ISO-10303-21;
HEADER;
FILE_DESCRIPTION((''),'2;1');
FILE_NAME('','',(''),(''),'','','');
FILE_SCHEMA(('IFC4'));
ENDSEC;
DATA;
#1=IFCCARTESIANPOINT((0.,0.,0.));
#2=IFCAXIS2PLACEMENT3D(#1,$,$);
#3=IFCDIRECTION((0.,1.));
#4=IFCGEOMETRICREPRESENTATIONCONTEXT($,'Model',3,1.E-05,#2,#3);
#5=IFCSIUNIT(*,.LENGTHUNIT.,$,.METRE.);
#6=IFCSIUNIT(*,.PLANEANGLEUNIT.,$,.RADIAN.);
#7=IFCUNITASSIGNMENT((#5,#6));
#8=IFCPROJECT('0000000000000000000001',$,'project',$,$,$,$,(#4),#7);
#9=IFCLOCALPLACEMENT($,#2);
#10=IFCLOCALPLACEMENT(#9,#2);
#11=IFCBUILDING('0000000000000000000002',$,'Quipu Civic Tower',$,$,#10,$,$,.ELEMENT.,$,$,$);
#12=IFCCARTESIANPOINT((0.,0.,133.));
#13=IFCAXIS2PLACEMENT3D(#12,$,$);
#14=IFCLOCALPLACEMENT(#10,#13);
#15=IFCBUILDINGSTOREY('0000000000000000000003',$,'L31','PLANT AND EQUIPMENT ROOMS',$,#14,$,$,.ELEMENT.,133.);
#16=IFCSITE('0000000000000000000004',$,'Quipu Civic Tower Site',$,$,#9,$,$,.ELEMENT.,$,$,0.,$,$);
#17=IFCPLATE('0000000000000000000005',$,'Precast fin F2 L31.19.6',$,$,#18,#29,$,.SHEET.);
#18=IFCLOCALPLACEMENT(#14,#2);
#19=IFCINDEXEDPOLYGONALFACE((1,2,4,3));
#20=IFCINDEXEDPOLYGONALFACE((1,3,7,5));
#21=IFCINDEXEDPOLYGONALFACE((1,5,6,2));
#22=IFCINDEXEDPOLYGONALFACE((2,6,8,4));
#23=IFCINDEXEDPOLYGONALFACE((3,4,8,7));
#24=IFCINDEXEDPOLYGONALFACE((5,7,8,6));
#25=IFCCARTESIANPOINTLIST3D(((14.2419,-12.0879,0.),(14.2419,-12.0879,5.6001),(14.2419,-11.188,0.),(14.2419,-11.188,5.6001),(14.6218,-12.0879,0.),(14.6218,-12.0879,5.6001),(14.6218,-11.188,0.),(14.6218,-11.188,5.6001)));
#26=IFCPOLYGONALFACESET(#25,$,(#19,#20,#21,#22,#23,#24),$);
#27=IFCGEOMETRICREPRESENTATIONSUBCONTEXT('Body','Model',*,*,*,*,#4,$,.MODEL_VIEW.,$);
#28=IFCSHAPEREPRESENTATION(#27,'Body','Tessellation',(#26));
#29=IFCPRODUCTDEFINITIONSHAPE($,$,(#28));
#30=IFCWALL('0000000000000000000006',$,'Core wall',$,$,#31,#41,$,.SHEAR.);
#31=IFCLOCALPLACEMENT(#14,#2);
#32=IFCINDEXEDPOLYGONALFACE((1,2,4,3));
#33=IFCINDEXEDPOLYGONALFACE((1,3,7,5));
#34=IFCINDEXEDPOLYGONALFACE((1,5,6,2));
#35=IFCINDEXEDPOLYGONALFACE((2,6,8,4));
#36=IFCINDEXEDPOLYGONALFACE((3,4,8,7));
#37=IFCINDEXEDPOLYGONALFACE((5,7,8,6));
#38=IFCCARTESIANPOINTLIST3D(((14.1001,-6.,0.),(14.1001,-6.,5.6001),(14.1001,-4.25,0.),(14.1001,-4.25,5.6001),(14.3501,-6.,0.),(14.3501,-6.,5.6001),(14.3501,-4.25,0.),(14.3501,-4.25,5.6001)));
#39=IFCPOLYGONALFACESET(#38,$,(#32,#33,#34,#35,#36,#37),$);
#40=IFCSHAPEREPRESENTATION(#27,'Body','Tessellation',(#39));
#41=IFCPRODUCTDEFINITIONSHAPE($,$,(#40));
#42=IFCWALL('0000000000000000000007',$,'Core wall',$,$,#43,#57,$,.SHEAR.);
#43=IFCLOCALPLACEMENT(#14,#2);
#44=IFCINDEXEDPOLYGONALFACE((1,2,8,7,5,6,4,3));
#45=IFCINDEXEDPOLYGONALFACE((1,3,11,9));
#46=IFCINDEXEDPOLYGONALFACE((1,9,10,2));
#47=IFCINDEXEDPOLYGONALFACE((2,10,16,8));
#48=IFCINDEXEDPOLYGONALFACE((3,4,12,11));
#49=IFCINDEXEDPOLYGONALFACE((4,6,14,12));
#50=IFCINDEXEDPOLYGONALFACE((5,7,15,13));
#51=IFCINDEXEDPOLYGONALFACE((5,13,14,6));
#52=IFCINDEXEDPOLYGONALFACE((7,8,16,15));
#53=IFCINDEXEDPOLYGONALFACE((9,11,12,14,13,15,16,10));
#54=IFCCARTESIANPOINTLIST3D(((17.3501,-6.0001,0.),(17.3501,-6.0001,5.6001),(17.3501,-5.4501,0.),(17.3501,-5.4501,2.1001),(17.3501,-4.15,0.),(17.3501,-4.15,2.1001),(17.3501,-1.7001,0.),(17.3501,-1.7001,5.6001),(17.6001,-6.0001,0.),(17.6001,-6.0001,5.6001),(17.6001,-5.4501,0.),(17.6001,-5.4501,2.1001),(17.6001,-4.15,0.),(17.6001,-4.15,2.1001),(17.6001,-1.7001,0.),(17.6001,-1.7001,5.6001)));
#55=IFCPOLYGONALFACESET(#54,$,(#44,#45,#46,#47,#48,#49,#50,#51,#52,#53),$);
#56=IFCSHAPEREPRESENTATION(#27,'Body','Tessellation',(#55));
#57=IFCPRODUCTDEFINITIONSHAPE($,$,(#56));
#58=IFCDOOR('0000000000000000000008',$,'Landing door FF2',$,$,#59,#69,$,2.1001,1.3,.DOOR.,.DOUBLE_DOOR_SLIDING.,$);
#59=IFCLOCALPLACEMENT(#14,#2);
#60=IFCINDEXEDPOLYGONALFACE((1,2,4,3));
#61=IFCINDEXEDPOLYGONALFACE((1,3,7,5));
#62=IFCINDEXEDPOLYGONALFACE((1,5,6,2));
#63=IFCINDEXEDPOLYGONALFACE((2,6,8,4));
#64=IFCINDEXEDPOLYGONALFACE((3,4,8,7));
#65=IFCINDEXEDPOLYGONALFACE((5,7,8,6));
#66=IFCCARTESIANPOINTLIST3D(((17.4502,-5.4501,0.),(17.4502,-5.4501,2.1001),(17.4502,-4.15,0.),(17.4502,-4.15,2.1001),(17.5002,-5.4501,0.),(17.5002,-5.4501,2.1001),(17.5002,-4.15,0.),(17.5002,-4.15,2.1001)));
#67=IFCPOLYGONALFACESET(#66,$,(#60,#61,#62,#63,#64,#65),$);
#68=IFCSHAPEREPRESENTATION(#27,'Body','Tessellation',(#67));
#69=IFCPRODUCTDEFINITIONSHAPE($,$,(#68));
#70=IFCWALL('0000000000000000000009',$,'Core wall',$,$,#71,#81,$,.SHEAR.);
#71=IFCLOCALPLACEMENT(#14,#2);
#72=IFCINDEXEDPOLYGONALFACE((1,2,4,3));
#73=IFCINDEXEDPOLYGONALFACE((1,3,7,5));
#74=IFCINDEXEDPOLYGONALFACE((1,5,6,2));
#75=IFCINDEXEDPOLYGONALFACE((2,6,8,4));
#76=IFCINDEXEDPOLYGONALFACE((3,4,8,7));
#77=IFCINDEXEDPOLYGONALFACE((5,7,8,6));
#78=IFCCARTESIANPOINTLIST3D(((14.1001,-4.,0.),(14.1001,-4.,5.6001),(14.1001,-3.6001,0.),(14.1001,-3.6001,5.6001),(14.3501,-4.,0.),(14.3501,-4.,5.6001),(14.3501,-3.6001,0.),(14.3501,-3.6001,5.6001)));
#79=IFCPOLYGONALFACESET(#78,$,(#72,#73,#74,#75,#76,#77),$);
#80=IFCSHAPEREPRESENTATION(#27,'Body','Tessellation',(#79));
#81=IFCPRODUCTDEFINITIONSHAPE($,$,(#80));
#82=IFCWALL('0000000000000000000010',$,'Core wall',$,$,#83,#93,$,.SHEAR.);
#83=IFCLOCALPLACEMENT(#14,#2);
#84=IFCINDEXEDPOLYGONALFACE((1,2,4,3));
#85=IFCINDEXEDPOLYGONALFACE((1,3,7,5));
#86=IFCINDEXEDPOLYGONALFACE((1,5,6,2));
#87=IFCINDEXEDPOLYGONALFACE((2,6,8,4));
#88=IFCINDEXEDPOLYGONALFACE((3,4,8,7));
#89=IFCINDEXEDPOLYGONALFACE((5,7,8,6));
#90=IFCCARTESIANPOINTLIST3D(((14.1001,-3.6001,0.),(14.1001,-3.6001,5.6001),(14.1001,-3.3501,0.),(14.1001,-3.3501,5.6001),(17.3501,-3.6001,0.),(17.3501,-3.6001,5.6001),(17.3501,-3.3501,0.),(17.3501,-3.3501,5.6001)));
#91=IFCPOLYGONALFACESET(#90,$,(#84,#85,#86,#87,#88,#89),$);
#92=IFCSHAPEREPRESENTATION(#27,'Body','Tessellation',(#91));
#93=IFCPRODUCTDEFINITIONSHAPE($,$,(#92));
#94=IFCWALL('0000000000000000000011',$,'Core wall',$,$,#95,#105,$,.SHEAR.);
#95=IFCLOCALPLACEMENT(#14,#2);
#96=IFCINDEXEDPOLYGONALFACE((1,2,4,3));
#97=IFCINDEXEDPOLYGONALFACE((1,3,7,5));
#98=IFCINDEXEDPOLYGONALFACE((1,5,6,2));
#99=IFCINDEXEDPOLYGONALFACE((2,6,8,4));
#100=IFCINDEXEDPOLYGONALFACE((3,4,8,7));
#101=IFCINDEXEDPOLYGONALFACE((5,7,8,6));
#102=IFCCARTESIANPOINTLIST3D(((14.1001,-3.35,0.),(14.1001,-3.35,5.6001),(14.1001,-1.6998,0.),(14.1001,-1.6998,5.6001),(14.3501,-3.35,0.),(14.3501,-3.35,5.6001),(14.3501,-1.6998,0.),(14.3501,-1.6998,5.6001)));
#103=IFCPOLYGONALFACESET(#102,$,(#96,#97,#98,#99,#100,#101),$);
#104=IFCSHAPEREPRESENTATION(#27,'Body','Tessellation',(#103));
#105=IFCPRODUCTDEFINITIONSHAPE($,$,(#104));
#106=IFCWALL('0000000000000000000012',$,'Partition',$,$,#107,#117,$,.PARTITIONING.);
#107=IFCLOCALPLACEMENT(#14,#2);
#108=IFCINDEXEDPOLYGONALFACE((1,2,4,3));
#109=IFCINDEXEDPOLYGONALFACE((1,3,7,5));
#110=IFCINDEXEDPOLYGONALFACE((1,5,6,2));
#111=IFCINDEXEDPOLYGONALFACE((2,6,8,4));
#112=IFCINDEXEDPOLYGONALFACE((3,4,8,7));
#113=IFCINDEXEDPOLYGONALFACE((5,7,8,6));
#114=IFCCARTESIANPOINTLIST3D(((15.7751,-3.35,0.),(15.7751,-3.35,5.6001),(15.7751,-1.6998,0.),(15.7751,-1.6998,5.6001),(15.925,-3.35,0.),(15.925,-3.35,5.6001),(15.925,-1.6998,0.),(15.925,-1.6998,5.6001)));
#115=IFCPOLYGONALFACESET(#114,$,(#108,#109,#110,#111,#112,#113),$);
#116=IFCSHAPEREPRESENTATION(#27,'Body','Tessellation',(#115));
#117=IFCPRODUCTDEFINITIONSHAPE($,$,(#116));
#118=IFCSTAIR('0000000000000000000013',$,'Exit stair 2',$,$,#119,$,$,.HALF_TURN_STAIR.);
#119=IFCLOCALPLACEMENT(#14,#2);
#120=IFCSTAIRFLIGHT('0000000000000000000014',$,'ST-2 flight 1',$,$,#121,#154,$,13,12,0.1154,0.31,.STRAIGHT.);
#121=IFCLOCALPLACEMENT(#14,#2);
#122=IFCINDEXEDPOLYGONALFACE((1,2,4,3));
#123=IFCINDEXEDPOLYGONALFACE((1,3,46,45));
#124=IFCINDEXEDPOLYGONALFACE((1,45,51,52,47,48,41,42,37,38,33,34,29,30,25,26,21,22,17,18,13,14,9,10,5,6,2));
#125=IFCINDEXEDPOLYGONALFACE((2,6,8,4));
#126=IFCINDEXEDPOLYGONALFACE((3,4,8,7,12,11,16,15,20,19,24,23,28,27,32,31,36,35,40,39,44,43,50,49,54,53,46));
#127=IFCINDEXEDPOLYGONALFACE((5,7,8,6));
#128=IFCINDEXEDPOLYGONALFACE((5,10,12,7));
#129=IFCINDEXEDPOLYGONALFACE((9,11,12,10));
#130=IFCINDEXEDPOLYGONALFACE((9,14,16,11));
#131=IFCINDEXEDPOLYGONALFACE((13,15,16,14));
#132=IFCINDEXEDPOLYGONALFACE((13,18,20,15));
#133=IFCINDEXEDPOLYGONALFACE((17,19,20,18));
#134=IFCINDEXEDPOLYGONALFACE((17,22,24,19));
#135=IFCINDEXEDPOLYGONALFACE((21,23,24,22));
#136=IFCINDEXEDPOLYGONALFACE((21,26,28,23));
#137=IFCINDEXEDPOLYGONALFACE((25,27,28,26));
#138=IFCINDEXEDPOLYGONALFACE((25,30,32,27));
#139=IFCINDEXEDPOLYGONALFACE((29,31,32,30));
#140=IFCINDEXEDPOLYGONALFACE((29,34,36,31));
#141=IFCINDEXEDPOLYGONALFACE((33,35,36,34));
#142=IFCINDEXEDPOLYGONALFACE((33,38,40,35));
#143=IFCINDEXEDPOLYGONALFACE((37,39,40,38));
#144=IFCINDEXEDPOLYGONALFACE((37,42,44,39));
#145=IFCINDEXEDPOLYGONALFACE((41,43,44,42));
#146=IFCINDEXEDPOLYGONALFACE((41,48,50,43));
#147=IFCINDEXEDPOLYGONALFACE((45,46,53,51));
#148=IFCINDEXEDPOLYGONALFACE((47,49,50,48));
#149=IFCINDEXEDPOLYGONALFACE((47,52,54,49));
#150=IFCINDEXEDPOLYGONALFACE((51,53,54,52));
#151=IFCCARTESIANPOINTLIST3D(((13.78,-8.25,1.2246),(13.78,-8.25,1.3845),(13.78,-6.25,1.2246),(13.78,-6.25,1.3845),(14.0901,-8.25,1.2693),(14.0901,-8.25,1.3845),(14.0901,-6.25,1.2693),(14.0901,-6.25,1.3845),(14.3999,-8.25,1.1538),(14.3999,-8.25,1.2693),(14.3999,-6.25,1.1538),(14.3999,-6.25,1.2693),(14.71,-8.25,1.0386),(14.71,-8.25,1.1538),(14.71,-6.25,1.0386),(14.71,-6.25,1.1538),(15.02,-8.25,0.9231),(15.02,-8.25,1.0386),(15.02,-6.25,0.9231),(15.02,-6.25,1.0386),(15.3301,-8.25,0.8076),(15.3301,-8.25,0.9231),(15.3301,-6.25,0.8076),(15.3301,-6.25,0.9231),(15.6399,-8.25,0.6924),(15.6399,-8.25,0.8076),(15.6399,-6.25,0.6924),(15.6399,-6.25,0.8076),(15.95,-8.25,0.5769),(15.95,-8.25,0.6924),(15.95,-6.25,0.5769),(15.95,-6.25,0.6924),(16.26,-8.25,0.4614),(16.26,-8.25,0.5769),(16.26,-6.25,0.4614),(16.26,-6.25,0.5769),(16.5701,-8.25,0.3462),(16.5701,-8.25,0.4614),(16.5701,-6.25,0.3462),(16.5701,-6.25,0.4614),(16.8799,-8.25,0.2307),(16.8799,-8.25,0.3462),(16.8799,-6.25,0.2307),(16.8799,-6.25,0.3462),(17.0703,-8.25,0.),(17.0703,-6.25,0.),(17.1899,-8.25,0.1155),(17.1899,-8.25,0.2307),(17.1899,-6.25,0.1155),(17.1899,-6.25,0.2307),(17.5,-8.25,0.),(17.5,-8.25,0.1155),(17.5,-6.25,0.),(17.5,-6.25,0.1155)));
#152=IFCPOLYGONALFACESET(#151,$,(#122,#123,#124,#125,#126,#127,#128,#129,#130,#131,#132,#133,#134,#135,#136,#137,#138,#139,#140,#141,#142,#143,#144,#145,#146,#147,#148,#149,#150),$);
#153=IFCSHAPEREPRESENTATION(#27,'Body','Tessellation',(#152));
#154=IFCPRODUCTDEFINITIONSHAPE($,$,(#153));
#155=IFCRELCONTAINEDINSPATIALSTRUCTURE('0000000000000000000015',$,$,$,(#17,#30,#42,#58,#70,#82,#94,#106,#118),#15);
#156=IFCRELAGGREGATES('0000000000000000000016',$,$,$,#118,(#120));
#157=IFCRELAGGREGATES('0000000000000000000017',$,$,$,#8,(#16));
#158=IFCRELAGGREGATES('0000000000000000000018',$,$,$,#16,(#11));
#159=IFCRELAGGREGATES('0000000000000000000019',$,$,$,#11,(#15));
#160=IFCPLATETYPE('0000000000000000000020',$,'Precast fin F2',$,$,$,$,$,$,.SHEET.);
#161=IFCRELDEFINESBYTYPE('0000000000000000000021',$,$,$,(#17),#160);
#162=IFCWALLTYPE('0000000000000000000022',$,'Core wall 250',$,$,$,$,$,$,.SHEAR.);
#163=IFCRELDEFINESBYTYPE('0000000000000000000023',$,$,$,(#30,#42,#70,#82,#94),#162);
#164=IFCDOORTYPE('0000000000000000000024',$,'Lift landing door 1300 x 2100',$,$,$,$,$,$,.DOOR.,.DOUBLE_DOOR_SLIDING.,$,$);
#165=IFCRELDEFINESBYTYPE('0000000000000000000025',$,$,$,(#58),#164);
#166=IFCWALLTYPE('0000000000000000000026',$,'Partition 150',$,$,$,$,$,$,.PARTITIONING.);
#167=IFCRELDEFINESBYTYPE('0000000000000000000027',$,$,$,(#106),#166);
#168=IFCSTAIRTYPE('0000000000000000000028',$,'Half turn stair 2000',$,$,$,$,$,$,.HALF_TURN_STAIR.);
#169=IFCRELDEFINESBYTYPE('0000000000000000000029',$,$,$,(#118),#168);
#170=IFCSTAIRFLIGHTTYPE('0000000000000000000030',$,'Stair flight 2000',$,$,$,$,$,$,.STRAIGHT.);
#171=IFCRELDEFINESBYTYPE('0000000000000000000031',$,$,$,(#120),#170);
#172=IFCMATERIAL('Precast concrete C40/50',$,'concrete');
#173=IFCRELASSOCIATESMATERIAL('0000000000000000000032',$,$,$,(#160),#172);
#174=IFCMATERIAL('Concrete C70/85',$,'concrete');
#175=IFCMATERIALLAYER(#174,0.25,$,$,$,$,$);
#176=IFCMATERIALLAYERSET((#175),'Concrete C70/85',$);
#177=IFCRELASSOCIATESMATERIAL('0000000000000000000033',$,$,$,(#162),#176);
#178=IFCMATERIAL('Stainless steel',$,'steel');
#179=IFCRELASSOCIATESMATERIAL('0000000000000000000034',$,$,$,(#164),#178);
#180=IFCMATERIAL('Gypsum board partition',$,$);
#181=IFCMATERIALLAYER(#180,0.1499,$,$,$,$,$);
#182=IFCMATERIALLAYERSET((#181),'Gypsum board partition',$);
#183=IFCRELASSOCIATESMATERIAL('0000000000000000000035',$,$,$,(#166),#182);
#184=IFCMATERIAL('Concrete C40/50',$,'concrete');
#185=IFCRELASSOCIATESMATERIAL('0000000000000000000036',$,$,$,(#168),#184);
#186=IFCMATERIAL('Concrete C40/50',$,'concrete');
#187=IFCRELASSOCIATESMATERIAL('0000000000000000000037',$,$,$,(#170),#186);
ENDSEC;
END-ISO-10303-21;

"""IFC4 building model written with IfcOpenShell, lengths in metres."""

from ifc_helpers import new_model, si_unit, direction, frame, frame_2d, origin, origin_2d, place, context, subcontext, project, spatial, polyline, rectangle, outline, extrude, material, layer, layer_set, type_object, element, fill, aggregate, save


model = new_model("IFC4")

# Units and contexts
model_context = context("Model", 3, precision=1e-05, world=origin(), true_north=direction((0.0, 1.0)))
body_context = subcontext(model_context, "Body", "Model", "MODEL_VIEW")
ifc_project = project(units=[si_unit("LENGTHUNIT", "METRE"), si_unit("PLANEANGLEUNIT", "RADIAN")], contexts=[model_context])

# Site, building, storey
site_placement = place(None, origin())
site = spatial("IfcSite", under=ifc_project, at=site_placement, Name="Quipu Civic Tower Site", CompositionType="ELEMENT", RefElevation=0.0)
building_placement = place(site_placement, origin())
building = spatial("IfcBuilding", under=site, at=building_placement, Name="Quipu Civic Tower", CompositionType="ELEMENT")
storey_placement = place(building_placement, frame((0.0, 0.0, 133.0)))
storey = spatial("IfcBuildingStorey", under=building, at=storey_placement, Name="L31", Description="PLANT AND EQUIPMENT ROOMS", CompositionType="ELEMENT", Elevation=133.0)

# Plate
ifc_material_1 = material(Name="Precast concrete C40/50", Category="concrete")
plate_type = type_object("IfcPlateType", Name="Precast fin F2", PredefinedType="SHEET", material=ifc_material_1)
plate_placement = place(storey_placement, frame((14.4319, -11.6379, 0.0), z_axis=(0.0, 0.0, 1.0), x_axis=(1.0, 0.0, 0.0)))
element("IfcPlate", 1, at=plate_placement, inside=storey, type_object=plate_type, Name="Precast fin F2 L31.19.6", PredefinedType="SHEET", context=body_context, shape_type="SweptSolid", body=[
    extrude(rectangle(XDim=0.3799, YDim=0.8999, at=origin_2d()), origin(), (0.0, 0.0, 1.0), 5.6001),
])

# Wall
ifc_material_2 = material(Name="Concrete C70/85", Category="concrete")
ifc_layer_1 = layer(ifc_material_2, 0.25)
ifc_layer_set_1 = layer_set([ifc_layer_1], Name="Concrete C70/85")
wall_type_1 = type_object("IfcWallType", Name="Core wall 250", PredefinedType="SHEAR", material=ifc_layer_set_1)
wall_1_placement = place(storey_placement, frame((14.2251, -6.0, 0.0), z_axis=(0.0, 0.0, 1.0), x_axis=(0.0, 1.0, 0.0)))
element("IfcWall", 2, at=wall_1_placement, inside=storey, type_object=wall_type_1, Name="Core wall", PredefinedType="SHEAR", context=body_context, shape_type="SweptSolid", body=[
    extrude(rectangle(XDim=1.75, YDim=0.25, at=frame_2d((0.875, 0.0))), origin(), (0.0, 0.0, 1.0), 5.6001),
])

# Wall, opening, door
wall_2_placement = place(storey_placement, frame((17.4751, -6.0, 0.0), z_axis=(0.0, 0.0, 1.0), x_axis=(0.0, 1.0, 0.0)))
wall_2 = element("IfcWall", 3, at=wall_2_placement, inside=storey, type_object=wall_type_1, Name="Core wall", PredefinedType="SHEAR", context=body_context, shape_type="SweptSolid", body=[
    extrude(rectangle(XDim=4.3, YDim=0.25, at=frame_2d((2.1499, 0.0))), origin(), (0.0, 0.0, 1.0), 5.6001),
])
opening_placement = place(wall_2_placement, frame((0.55, 0.0, 0.0)))
opening = element("IfcOpeningElement", 4, at=opening_placement, cuts=wall_2, PredefinedType="OPENING", context=body_context, shape_type="SweptSolid", body=[
    extrude(rectangle(XDim=1.3, YDim=2.1001, at=frame_2d((0.6499, 1.05))), frame((0.0, 0.135, 0.0), z_axis=(0.0, -1.0, 0.0), x_axis=(1.0, 0.0, 0.0)), (0.0, 0.0, 1.0), 0.27),
])
ifc_material_3 = material(Name="Stainless steel", Category="steel")
door_type = type_object("IfcDoorType", Name="Lift landing door 1300 x 2100", OperationType="DOUBLE_DOOR_SLIDING", PredefinedType="DOOR", material=ifc_material_3)
door_placement = place(opening_placement, origin())
door = element("IfcDoor", 5, at=door_placement, inside=storey, type_object=door_type, Name="Landing door FF2", OperationType="DOUBLE_DOOR_SLIDING", OverallHeight=2.1001, OverallWidth=1.3, PredefinedType="DOOR", context=body_context, shape_type="SweptSolid", body=[
    extrude(rectangle(XDim=1.3, YDim=2.1001, at=frame_2d((0.6499, 1.05))), frame((0.0, 0.0249, 0.0), z_axis=(0.0, -1.0, 0.0), x_axis=(1.0, 0.0, 0.0)), (0.0, 0.0, 1.0), 0.05),
])
fill(opening, door)

# Walls
wall_3_placement = place(storey_placement, frame((14.2251, -4.0, 0.0), z_axis=(0.0, 0.0, 1.0), x_axis=(0.0, 1.0, 0.0)))
element("IfcWall", 6, at=wall_3_placement, inside=storey, type_object=wall_type_1, Name="Core wall", PredefinedType="SHEAR", context=body_context, shape_type="SweptSolid", body=[
    extrude(rectangle(XDim=0.3999, YDim=0.25, at=frame_2d((0.2, 0.0))), origin(), (0.0, 0.0, 1.0), 5.6001),
])
wall_4_placement = place(storey_placement, frame((14.1001, -3.4751, 0.0), z_axis=(0.0, 0.0, 1.0), x_axis=(1.0, 0.0, 0.0)))
element("IfcWall", 7, at=wall_4_placement, inside=storey, type_object=wall_type_1, Name="Core wall", PredefinedType="SHEAR", context=body_context, shape_type="SweptSolid", body=[
    extrude(rectangle(XDim=3.25, YDim=0.25, at=frame_2d((1.625, 0.0))), origin(), (0.0, 0.0, 1.0), 5.6001),
])
wall_5_placement = place(storey_placement, frame((14.2251, -3.3501, 0.0), z_axis=(0.0, 0.0, 1.0), x_axis=(0.0, 1.0, 0.0)))
element("IfcWall", 8, at=wall_5_placement, inside=storey, type_object=wall_type_1, Name="Core wall", PredefinedType="SHEAR", context=body_context, shape_type="SweptSolid", body=[
    extrude(rectangle(XDim=1.6501, YDim=0.25, at=frame_2d((0.8252, 0.0))), origin(), (0.0, 0.0, 1.0), 5.6001),
])
ifc_material_4 = material(Name="Gypsum board partition")
ifc_layer_2 = layer(ifc_material_4, 0.1499)
ifc_layer_set_2 = layer_set([ifc_layer_2], Name="Gypsum board partition")
wall_type_2 = type_object("IfcWallType", Name="Partition 150", PredefinedType="PARTITIONING", material=ifc_layer_set_2)
wall_6_placement = place(storey_placement, frame((15.8501, -3.3501, 0.0), z_axis=(0.0, 0.0, 1.0), x_axis=(0.0, 1.0, 0.0)))
element("IfcWall", 9, at=wall_6_placement, inside=storey, type_object=wall_type_2, Name="Partition", PredefinedType="PARTITIONING", context=body_context, shape_type="SweptSolid", body=[
    extrude(rectangle(XDim=1.6501, YDim=0.1499, at=frame_2d((0.8252, 0.0))), origin(), (0.0, 0.0, 1.0), 5.6001),
])

# Stair, stair flight
ifc_material_5 = material(Name="Concrete C40/50", Category="concrete")
stair_type = type_object("IfcStairType", Name="Half turn stair 2000", PredefinedType="HALF_TURN_STAIR", material=ifc_material_5)
stair_placement = place(storey_placement, origin())
stair = element("IfcStair", 10, at=stair_placement, inside=storey, type_object=stair_type, Name="Exit stair 2", PredefinedType="HALF_TURN_STAIR")
ifc_material_6 = material(Name="Concrete C40/50", Category="concrete")
stair_flight_type = type_object("IfcStairFlightType", Name="Stair flight 2000", PredefinedType="STRAIGHT", material=ifc_material_6)
stair_flight_1_placement = place(storey_placement, frame((17.5, -7.25, 0.0), z_axis=(0.0, 0.0, 1.0), x_axis=(-1.0, 0.0, 0.0)))
stair_flight_1 = element("IfcStairFlight", 11, at=stair_flight_1_placement, type_object=stair_flight_type, Name="ST-2 flight 1", NumberOfRisers=13, NumberOfTreads=12, PredefinedType="STRAIGHT", RiserHeight=0.1154, TreadLength=0.31, context=body_context, shape_type="SweptSolid", body=[
    extrude(outline(polyline([(0.0, 0.0), (0.0, 0.1155), (0.3101, 0.1155), (0.3101, 0.2307), (0.6201, 0.2307), (0.6201, 0.3462), (0.9299, 0.3462), (0.9299, 0.4614), (1.24, 0.4614), (1.24, 0.5769), (1.55, 0.5769), (1.55, 0.6924), (1.8601, 0.6924), (1.8601, 0.8076), (2.1699, 0.8076), (2.1699, 0.9231), (2.48, 0.9231), (2.48, 1.0386), (2.79, 1.0386), (2.79, 1.1538), (3.1001, 1.1538), (3.1001, 1.2693), (3.4099, 1.2693), (3.4099, 1.3845), (3.72, 1.3845), (3.72, 1.5), (3.72, 1.2246), (0.4297, 0.0), (0.0, 0.0)])), frame((0.0, 1.0, 0.0), z_axis=(0.0, -1.0, 0.0), x_axis=(1.0, 0.0, 0.0)), (0.0, 0.0, 1.0), 2.0),
])
aggregate(stair, [stair_flight_1])

save(model, "model.ifc")
